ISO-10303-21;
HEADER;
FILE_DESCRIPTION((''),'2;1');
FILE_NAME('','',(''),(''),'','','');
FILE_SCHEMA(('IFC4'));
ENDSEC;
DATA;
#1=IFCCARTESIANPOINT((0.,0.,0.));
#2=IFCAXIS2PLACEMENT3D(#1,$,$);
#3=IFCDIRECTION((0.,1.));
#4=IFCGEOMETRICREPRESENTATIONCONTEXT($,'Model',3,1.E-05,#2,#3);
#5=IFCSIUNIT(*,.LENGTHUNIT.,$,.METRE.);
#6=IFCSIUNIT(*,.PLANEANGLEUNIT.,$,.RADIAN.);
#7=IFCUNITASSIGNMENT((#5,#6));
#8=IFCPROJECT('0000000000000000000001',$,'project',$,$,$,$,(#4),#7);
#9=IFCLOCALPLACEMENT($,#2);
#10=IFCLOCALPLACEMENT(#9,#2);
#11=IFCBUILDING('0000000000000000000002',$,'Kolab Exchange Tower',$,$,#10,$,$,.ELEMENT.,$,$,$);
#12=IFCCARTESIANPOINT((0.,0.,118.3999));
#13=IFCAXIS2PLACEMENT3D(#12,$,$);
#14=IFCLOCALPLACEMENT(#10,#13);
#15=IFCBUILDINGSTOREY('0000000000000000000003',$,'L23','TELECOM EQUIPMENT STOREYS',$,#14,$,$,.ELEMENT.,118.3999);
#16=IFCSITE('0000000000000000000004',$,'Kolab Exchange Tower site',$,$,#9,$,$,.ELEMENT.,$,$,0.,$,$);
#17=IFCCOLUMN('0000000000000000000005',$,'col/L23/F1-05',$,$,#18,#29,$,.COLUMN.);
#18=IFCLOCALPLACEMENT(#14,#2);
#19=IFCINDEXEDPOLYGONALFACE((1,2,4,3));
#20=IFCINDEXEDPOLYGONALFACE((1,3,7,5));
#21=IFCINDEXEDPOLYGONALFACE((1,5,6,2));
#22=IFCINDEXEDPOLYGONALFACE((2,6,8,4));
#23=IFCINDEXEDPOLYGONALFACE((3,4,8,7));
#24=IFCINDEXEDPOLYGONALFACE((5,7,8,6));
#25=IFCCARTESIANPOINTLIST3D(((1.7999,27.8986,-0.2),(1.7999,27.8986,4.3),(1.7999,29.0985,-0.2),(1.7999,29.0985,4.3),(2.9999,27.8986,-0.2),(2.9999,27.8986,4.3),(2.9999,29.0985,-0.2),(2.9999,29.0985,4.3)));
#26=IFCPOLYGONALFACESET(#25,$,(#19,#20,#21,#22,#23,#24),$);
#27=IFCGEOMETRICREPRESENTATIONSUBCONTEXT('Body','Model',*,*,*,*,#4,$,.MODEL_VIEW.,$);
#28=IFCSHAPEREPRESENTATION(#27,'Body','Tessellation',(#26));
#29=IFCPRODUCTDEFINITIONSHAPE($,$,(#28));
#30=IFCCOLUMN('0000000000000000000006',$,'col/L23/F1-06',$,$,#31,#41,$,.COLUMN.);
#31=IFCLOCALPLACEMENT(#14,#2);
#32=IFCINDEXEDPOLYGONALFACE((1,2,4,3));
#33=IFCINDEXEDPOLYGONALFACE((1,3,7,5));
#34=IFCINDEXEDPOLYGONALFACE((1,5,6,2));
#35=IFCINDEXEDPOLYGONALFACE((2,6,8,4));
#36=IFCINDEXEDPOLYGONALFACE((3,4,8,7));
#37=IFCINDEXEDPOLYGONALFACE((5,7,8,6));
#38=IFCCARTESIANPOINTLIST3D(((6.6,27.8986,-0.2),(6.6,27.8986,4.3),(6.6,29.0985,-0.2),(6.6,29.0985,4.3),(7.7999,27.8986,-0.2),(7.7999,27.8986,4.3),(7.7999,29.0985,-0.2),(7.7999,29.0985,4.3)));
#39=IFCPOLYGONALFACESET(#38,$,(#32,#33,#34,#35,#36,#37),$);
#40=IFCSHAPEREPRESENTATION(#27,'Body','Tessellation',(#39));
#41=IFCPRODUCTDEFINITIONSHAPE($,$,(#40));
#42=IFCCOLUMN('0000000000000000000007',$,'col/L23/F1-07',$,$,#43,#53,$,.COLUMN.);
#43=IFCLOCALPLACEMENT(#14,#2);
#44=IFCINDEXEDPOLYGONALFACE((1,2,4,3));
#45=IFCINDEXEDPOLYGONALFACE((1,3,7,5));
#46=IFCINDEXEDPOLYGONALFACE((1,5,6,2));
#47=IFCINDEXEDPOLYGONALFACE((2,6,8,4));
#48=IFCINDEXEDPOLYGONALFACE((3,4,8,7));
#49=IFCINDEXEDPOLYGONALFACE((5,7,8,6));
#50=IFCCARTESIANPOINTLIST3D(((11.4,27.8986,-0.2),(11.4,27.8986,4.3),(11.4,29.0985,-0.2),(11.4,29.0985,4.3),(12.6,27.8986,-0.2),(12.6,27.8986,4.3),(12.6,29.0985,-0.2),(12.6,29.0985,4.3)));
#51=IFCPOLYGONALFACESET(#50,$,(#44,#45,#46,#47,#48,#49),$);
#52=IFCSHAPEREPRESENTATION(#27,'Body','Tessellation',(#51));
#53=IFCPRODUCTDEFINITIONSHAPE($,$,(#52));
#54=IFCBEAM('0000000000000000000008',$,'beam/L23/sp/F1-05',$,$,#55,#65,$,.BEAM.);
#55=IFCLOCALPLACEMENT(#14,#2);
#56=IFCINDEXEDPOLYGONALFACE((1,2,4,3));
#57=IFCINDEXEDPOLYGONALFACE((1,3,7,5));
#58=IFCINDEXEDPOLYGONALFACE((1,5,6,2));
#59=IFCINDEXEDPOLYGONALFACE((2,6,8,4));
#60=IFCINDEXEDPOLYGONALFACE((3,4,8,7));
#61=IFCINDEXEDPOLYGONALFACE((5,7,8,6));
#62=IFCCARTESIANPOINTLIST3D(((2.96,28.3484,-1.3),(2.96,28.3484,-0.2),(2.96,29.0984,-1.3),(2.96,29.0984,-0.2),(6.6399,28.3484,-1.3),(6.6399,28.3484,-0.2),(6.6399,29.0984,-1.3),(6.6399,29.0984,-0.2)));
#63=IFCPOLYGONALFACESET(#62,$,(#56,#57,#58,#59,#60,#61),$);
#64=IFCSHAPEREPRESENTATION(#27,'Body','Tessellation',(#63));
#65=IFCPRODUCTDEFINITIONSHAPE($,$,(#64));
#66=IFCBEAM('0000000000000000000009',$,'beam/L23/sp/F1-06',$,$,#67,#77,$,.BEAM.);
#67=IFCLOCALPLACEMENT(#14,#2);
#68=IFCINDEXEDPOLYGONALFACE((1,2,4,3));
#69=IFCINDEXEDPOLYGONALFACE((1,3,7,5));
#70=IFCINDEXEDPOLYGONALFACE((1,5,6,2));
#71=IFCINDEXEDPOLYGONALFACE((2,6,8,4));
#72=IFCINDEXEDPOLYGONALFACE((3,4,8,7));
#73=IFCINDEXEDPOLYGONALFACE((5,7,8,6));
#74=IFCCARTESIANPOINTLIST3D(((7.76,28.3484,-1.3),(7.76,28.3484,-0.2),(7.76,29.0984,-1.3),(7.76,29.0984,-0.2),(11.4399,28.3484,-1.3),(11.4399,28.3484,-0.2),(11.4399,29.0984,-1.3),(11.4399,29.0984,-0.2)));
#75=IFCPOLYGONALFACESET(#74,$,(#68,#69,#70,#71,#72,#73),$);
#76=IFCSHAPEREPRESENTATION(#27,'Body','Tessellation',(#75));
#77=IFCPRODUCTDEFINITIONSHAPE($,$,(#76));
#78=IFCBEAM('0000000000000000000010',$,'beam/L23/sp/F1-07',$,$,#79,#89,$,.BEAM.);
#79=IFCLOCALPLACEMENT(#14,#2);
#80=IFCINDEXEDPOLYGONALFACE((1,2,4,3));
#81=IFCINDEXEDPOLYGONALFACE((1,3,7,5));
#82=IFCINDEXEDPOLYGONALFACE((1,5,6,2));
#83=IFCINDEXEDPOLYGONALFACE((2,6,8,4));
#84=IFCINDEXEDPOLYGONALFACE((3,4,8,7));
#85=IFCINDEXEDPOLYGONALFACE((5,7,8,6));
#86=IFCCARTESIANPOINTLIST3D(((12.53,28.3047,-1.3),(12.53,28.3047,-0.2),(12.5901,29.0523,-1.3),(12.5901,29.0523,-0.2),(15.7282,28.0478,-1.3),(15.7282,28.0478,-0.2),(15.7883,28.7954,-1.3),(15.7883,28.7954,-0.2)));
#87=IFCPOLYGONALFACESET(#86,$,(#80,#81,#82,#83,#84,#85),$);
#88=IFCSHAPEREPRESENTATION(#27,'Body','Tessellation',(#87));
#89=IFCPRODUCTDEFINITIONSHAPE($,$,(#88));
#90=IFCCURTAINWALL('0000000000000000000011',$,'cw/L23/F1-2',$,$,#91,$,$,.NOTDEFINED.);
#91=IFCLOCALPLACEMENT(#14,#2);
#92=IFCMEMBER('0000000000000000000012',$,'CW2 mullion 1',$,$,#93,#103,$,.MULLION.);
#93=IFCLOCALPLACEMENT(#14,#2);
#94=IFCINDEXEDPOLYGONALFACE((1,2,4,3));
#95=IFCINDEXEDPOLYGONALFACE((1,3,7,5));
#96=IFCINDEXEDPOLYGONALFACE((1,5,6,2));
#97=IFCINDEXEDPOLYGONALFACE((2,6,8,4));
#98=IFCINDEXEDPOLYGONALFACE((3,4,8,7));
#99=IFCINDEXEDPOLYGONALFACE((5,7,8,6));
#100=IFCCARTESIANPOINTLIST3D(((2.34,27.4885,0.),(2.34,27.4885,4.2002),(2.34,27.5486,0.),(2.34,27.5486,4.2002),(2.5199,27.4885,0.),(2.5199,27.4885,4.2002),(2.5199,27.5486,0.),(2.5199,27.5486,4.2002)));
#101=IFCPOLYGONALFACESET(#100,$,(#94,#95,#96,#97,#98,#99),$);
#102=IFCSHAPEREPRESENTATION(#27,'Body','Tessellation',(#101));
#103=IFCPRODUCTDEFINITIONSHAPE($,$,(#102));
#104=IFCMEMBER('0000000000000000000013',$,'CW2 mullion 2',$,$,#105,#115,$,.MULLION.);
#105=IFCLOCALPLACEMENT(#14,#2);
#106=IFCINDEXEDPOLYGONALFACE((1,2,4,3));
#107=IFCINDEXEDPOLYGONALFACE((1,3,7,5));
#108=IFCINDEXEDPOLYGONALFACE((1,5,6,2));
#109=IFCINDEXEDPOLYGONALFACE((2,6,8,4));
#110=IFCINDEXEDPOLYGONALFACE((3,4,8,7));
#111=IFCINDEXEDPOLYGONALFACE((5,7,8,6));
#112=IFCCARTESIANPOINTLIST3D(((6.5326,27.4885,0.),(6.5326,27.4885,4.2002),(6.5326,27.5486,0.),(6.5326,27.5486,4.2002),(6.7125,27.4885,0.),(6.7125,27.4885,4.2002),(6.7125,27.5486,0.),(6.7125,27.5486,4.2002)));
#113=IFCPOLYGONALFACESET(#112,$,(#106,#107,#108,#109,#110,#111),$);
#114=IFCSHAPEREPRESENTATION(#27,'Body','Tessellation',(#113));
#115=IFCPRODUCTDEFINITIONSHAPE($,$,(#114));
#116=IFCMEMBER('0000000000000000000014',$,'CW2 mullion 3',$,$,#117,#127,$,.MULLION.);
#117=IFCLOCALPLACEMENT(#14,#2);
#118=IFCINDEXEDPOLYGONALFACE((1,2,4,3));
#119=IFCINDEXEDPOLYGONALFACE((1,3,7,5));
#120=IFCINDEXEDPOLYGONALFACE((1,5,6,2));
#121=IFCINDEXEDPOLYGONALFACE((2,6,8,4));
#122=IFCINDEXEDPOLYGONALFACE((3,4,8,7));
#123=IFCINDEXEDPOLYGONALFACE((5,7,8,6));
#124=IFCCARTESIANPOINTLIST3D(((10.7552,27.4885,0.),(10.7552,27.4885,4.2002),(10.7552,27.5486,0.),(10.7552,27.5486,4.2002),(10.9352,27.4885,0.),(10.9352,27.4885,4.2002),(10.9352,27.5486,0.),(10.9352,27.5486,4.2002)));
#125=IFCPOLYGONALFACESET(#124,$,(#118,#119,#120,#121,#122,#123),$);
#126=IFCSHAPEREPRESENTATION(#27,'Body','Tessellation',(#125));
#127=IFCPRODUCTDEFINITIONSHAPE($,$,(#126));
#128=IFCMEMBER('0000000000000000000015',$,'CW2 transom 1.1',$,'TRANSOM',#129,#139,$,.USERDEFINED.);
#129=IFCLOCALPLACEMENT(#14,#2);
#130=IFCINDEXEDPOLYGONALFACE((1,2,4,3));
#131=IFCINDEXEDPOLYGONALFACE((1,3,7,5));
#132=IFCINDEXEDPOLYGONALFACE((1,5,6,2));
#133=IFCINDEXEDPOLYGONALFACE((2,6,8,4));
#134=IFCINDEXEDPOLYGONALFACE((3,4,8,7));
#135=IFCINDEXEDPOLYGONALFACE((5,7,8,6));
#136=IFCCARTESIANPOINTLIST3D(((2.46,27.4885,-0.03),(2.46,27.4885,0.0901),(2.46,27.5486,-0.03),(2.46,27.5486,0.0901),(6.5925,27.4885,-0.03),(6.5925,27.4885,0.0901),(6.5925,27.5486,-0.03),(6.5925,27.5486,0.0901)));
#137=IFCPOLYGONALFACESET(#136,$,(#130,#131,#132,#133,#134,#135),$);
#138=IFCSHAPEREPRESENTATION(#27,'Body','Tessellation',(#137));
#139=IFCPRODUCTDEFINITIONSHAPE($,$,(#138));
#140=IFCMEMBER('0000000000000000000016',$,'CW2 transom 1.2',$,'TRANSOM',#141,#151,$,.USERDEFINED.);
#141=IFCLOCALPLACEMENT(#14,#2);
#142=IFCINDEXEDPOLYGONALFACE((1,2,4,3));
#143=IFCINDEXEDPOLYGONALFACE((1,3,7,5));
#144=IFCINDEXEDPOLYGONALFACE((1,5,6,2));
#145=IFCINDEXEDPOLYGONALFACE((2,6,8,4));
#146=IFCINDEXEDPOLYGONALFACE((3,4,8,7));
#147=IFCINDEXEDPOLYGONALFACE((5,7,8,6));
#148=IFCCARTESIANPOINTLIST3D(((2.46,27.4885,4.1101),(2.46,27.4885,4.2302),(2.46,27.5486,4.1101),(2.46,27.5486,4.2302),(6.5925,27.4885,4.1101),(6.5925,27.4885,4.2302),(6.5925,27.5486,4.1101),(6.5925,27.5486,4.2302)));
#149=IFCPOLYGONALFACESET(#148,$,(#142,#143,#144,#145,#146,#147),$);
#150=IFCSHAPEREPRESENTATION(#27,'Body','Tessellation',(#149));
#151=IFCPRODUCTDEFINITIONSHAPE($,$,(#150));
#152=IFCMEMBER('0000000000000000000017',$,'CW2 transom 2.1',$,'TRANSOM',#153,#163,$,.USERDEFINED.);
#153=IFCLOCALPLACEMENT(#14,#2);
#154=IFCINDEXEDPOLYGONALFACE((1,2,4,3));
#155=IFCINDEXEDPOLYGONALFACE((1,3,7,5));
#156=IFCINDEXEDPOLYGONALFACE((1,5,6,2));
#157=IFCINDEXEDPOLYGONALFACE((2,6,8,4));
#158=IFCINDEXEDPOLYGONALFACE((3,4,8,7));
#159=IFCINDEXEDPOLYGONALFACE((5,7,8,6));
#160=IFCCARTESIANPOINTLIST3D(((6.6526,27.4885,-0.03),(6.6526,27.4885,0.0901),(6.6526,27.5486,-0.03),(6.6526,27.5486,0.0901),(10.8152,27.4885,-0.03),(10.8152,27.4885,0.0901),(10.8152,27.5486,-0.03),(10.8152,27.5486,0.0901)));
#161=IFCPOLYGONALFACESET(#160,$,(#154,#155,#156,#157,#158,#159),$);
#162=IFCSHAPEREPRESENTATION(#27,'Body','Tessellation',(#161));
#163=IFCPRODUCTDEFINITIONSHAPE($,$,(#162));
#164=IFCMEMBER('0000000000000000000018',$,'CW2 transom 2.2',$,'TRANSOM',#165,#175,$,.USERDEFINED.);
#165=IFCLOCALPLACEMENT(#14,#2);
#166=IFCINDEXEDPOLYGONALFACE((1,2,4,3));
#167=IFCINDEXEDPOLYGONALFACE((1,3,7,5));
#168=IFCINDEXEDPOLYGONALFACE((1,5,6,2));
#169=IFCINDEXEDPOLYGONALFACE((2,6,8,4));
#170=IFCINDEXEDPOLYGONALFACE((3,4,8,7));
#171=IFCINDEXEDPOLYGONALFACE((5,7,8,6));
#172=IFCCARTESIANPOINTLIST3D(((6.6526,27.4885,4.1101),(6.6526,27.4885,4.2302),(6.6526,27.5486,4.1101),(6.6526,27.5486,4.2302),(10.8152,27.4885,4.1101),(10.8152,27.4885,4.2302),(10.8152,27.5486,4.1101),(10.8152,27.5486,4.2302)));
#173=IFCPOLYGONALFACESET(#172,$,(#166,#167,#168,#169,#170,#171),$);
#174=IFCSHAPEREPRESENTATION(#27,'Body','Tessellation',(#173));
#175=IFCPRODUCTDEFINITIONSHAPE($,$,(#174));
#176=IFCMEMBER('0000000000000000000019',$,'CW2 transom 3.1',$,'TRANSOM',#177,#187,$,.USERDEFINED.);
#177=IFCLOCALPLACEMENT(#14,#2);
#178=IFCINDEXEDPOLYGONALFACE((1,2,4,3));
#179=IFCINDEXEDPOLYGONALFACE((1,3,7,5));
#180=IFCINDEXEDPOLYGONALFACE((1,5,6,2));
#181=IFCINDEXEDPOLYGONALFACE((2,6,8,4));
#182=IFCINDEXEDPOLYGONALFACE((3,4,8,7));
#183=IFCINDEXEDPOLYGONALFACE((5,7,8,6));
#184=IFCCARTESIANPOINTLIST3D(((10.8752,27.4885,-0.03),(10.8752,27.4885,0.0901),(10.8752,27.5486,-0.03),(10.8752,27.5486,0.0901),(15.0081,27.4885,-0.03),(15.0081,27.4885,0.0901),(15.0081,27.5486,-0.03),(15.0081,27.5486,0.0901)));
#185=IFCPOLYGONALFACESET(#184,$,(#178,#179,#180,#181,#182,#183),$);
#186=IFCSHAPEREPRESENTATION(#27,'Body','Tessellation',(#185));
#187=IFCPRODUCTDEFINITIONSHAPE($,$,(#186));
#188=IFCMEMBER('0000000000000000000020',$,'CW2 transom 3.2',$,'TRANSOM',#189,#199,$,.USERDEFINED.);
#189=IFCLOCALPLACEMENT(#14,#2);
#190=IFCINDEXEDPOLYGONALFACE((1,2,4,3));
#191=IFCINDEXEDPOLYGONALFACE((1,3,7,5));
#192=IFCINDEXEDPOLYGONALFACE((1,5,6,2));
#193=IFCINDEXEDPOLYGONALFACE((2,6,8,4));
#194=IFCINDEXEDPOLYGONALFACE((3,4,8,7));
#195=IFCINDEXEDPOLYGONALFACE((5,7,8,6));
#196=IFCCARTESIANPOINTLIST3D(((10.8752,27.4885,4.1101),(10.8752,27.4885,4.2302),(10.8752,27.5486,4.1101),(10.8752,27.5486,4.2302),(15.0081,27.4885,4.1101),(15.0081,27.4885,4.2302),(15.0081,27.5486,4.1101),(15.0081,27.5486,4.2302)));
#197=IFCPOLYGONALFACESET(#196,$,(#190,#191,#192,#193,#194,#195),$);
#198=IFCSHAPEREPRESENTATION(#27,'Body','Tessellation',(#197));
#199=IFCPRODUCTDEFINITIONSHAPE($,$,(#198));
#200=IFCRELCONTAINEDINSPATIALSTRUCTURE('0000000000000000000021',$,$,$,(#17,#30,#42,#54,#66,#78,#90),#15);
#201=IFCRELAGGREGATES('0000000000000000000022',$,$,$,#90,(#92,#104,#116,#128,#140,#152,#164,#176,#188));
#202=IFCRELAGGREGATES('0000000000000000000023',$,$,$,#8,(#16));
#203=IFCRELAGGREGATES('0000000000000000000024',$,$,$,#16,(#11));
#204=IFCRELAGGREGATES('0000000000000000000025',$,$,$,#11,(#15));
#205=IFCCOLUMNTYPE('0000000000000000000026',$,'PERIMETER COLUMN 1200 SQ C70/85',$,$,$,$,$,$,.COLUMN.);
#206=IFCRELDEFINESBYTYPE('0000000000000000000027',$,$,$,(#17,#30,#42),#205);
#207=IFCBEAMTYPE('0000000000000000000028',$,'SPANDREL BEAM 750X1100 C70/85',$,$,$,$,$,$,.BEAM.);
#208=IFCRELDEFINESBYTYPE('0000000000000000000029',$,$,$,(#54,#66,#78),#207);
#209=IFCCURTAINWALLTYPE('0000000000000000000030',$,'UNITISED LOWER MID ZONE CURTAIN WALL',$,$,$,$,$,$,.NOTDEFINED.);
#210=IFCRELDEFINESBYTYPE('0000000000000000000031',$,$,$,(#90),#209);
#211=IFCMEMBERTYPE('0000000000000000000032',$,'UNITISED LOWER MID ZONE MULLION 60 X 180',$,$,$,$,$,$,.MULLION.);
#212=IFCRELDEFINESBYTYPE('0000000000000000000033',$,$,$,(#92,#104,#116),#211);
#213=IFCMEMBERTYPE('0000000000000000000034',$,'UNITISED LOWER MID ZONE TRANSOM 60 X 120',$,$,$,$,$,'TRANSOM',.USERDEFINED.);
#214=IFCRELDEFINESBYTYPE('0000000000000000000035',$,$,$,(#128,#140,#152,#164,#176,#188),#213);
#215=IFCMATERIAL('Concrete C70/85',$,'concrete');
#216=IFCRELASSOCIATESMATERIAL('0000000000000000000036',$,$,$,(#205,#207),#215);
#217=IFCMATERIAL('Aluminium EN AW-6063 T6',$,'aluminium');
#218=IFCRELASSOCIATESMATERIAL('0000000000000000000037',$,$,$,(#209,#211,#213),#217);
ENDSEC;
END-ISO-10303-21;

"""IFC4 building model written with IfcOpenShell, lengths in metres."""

from ifc_helpers import new_model, si_unit, direction, frame, origin, origin_2d, place, context, subcontext, project, spatial, rectangle, extrude, material, material_profile, profile_set, type_object, element, aggregate, save


model = new_model("IFC4")

# Units and contexts
model_context = context("Model", 3, precision=1e-05, world=origin(), true_north=direction((0.0, 1.0)))
body_context = subcontext(model_context, "Body", "Model", "MODEL_VIEW")
ifc_project = project(units=[si_unit("LENGTHUNIT", "METRE"), si_unit("PLANEANGLEUNIT", "RADIAN")], contexts=[model_context])

# Site, building, storey
site_placement = place(None, origin())
site = spatial("IfcSite", under=ifc_project, at=site_placement, Name="Kolab Exchange Tower site", CompositionType="ELEMENT", RefElevation=0.0)
building_placement = place(site_placement, origin())
building = spatial("IfcBuilding", under=site, at=building_placement, Name="Kolab Exchange Tower", CompositionType="ELEMENT")
storey_placement = place(building_placement, frame((0.0, 0.0, 118.3999)))
storey = spatial("IfcBuildingStorey", under=building, at=storey_placement, Name="L23", Description="TELECOM EQUIPMENT STOREYS", CompositionType="ELEMENT", Elevation=118.3999)

# Columns
ifc_material_1 = material(Name="Concrete C70/85", Category="concrete")
ifc_material_profile_1 = material_profile(ifc_material_1, rectangle(XDim=1.2, YDim=1.2, at=origin_2d()), Name="RC1200")
ifc_profile_set_1 = profile_set([ifc_material_profile_1], Name="Concrete C70/85")
column_type = type_object("IfcColumnType", Name="PERIMETER COLUMN 1200 SQ C70/85", PredefinedType="COLUMN", material=ifc_profile_set_1)
for number, where, z_axis, x_axis, name in (
    (1, (2.3999, 28.4985, -0.2), (0.0, 0.0, 1.0), (1.0, 0.0, 0.0), "col/L23/F1-05"),
    (2, (7.2, 28.4985, -0.2), (0.0, 0.0, 1.0), (1.0, 0.0, 0.0), "col/L23/F1-06"),
    (3, (12.0, 28.4985, -0.2), (0.0, 0.0, 1.0), (1.0, 0.0, 0.0), "col/L23/F1-07"),
):
    element("IfcColumn", number, at=place(storey_placement, frame(where, z_axis=z_axis, x_axis=x_axis)), inside=storey, type_object=column_type, Name=name, PredefinedType="COLUMN", context=body_context, shape_type="SweptSolid", body=[
        extrude(rectangle(XDim=1.2, YDim=1.2, at=origin_2d()), origin(), (0.0, 0.0, 1.0), 4.5),
    ])

# Beams
ifc_material_profile_2 = material_profile(ifc_material_1, rectangle(XDim=0.75, YDim=1.1001, at=origin_2d()), Name="RC750X1100")
ifc_profile_set_2 = profile_set([ifc_material_profile_2], Name="Concrete C70/85")
beam_type = type_object("IfcBeamType", Name="SPANDREL BEAM 750X1100 C70/85", PredefinedType="BEAM", material=ifc_profile_set_2)
for number, where, z_axis, x_axis, name in (
    (4, (2.96, 28.7234, -0.75), (1.0, 0.0, 0.0), (0.0, 1.0, 0.0), "beam/L23/sp/F1-05"),
    (5, (7.76, 28.7234, -0.75), (1.0, 0.0, 0.0), (0.0, 1.0, 0.0), "beam/L23/sp/F1-06"),
):
    element("IfcBeam", number, at=place(storey_placement, frame(where, z_axis=z_axis, x_axis=x_axis)), inside=storey, type_object=beam_type, Name=name, PredefinedType="BEAM", context=body_context, shape_type="SweptSolid", body=[
        extrude(rectangle(XDim=0.75, YDim=1.1001, at=origin_2d()), origin(), (0.0, 0.0, 1.0), 3.6799),
    ])
beam_placement = place(storey_placement, frame((12.5601, 28.6785, -0.75), z_axis=(0.996791, -0.080048, 0.0), x_axis=(0.080048, 0.996791, 0.0)))
element("IfcBeam", 6, at=beam_placement, inside=storey, type_object=beam_type, Name="beam/L23/sp/F1-07", PredefinedType="BEAM", context=body_context, shape_type="SweptSolid", body=[
    extrude(rectangle(XDim=0.75, YDim=1.1001, at=origin_2d()), origin(), (0.0, 0.0, 1.0), 3.2085),
])

# Curtain wall, members
ifc_material_2 = material(Name="Aluminium EN AW-6063 T6", Category="aluminium")
curtain_wall_type = type_object("IfcCurtainWallType", Name="UNITISED LOWER MID ZONE CURTAIN WALL", PredefinedType="NOTDEFINED", material=ifc_material_2)
curtain_wall_placement = place(storey_placement, origin())
curtain_wall = element("IfcCurtainWall", 7, at=curtain_wall_placement, inside=storey, type_object=curtain_wall_type, Name="cw/L23/F1-2", PredefinedType="NOTDEFINED")
ifc_material_profile_3 = material_profile(ifc_material_2, rectangle(XDim=0.0601, YDim=0.1799, at=origin_2d()), Name="RECT 60X180")
ifc_profile_set_3 = profile_set([ifc_material_profile_3], Name="Aluminium EN AW-6063 T6")
member_type_1 = type_object("IfcMemberType", Name="UNITISED LOWER MID ZONE MULLION 60 X 180", PredefinedType="MULLION", material=ifc_profile_set_3)
member_1_placement = place(storey_placement, frame((2.4299, 27.5186, 0.0), z_axis=(0.0, 0.0, 1.0), x_axis=(0.0, 1.0, 0.0)))
member_1 = element("IfcMember", 8, at=member_1_placement, type_object=member_type_1, Name="CW2 mullion 1", PredefinedType="MULLION", context=body_context, shape_type="SweptSolid", body=[
    extrude(rectangle(XDim=0.0601, YDim=0.1799, at=origin_2d()), origin(), (0.0, 0.0, 1.0), 4.2002),
])
member_2_placement = place(storey_placement, frame((6.6226, 27.5186, 0.0), z_axis=(0.0, 0.0, 1.0), x_axis=(0.0, 1.0, 0.0)))
member_2 = element("IfcMember", 9, at=member_2_placement, type_object=member_type_1, Name="CW2 mullion 2", PredefinedType="MULLION", context=body_context, shape_type="SweptSolid", body=[
    extrude(rectangle(XDim=0.0601, YDim=0.1799, at=origin_2d()), origin(), (0.0, 0.0, 1.0), 4.2002),
])
member_3_placement = place(storey_placement, frame((10.8452, 27.5186, 0.0), z_axis=(0.0, 0.0, 1.0), x_axis=(0.0, 1.0, 0.0)))
member_3 = element("IfcMember", 10, at=member_3_placement, type_object=member_type_1, Name="CW2 mullion 3", PredefinedType="MULLION", context=body_context, shape_type="SweptSolid", body=[
    extrude(rectangle(XDim=0.0601, YDim=0.1799, at=origin_2d()), origin(), (0.0, 0.0, 1.0), 4.2002),
])
ifc_material_profile_4 = material_profile(ifc_material_2, rectangle(XDim=0.0601, YDim=0.1201, at=origin_2d()), Name="RECT 60X120")
ifc_profile_set_4 = profile_set([ifc_material_profile_4], Name="Aluminium EN AW-6063 T6")
member_type_2 = type_object("IfcMemberType", Name="UNITISED LOWER MID ZONE TRANSOM 60 X 120", ElementType="TRANSOM", PredefinedType="USERDEFINED", material=ifc_profile_set_4)
member_4_placement = place(storey_placement, frame((2.46, 27.5186, 0.03), z_axis=(1.0, 0.0, 0.0), x_axis=(0.0, 1.0, 0.0)))
member_4 = element("IfcMember", 11, at=member_4_placement, type_object=member_type_2, Name="CW2 transom 1.1", ObjectType="TRANSOM", PredefinedType="USERDEFINED", context=body_context, shape_type="SweptSolid", body=[
    extrude(rectangle(XDim=0.0601, YDim=0.1201, at=origin_2d()), origin(), (0.0, 0.0, 1.0), 4.1326),
])
member_5_placement = place(storey_placement, frame((2.46, 27.5186, 4.1702), z_axis=(1.0, 0.0, 0.0), x_axis=(0.0, 1.0, 0.0)))
member_5 = element("IfcMember", 12, at=member_5_placement, type_object=member_type_2, Name="CW2 transom 1.2", ObjectType="TRANSOM", PredefinedType="USERDEFINED", context=body_context, shape_type="SweptSolid", body=[
    extrude(rectangle(XDim=0.0601, YDim=0.1201, at=origin_2d()), origin(), (0.0, 0.0, 1.0), 4.1326),
])
member_6_placement = place(storey_placement, frame((6.6526, 27.5186, 0.03), z_axis=(1.0, 0.0, 0.0), x_axis=(0.0, 1.0, 0.0)))
member_6 = element("IfcMember", 13, at=member_6_placement, type_object=member_type_2, Name="CW2 transom 2.1", ObjectType="TRANSOM", PredefinedType="USERDEFINED", context=body_context, shape_type="SweptSolid", body=[
    extrude(rectangle(XDim=0.0601, YDim=0.1201, at=origin_2d()), origin(), (0.0, 0.0, 1.0), 4.1626),
])
member_7_placement = place(storey_placement, frame((6.6526, 27.5186, 4.1702), z_axis=(1.0, 0.0, 0.0), x_axis=(0.0, 1.0, 0.0)))
member_7 = element("IfcMember", 14, at=member_7_placement, type_object=member_type_2, Name="CW2 transom 2.2", ObjectType="TRANSOM", PredefinedType="USERDEFINED", context=body_context, shape_type="SweptSolid", body=[
    extrude(rectangle(XDim=0.0601, YDim=0.1201, at=origin_2d()), origin(), (0.0, 0.0, 1.0), 4.1626),
])
member_8_placement = place(storey_placement, frame((10.8752, 27.5186, 0.03), z_axis=(1.0, 0.0, 0.0), x_axis=(0.0, 1.0, 0.0)))
member_8 = element("IfcMember", 15, at=member_8_placement, type_object=member_type_2, Name="CW2 transom 3.1", ObjectType="TRANSOM", PredefinedType="USERDEFINED", context=body_context, shape_type="SweptSolid", body=[
    extrude(rectangle(XDim=0.0601, YDim=0.1201, at=origin_2d()), origin(), (0.0, 0.0, 1.0), 4.1328),
])
member_9_placement = place(storey_placement, frame((10.8752, 27.5186, 4.1702), z_axis=(1.0, 0.0, 0.0), x_axis=(0.0, 1.0, 0.0)))
member_9 = element("IfcMember", 16, at=member_9_placement, type_object=member_type_2, Name="CW2 transom 3.2", ObjectType="TRANSOM", PredefinedType="USERDEFINED", context=body_context, shape_type="SweptSolid", body=[
    extrude(rectangle(XDim=0.0601, YDim=0.1201, at=origin_2d()), origin(), (0.0, 0.0, 1.0), 4.1328),
])
aggregate(curtain_wall, [member_1, member_2, member_3, member_4, member_5, member_6, member_7, member_8, member_9])

save(model, "model.ifc")
